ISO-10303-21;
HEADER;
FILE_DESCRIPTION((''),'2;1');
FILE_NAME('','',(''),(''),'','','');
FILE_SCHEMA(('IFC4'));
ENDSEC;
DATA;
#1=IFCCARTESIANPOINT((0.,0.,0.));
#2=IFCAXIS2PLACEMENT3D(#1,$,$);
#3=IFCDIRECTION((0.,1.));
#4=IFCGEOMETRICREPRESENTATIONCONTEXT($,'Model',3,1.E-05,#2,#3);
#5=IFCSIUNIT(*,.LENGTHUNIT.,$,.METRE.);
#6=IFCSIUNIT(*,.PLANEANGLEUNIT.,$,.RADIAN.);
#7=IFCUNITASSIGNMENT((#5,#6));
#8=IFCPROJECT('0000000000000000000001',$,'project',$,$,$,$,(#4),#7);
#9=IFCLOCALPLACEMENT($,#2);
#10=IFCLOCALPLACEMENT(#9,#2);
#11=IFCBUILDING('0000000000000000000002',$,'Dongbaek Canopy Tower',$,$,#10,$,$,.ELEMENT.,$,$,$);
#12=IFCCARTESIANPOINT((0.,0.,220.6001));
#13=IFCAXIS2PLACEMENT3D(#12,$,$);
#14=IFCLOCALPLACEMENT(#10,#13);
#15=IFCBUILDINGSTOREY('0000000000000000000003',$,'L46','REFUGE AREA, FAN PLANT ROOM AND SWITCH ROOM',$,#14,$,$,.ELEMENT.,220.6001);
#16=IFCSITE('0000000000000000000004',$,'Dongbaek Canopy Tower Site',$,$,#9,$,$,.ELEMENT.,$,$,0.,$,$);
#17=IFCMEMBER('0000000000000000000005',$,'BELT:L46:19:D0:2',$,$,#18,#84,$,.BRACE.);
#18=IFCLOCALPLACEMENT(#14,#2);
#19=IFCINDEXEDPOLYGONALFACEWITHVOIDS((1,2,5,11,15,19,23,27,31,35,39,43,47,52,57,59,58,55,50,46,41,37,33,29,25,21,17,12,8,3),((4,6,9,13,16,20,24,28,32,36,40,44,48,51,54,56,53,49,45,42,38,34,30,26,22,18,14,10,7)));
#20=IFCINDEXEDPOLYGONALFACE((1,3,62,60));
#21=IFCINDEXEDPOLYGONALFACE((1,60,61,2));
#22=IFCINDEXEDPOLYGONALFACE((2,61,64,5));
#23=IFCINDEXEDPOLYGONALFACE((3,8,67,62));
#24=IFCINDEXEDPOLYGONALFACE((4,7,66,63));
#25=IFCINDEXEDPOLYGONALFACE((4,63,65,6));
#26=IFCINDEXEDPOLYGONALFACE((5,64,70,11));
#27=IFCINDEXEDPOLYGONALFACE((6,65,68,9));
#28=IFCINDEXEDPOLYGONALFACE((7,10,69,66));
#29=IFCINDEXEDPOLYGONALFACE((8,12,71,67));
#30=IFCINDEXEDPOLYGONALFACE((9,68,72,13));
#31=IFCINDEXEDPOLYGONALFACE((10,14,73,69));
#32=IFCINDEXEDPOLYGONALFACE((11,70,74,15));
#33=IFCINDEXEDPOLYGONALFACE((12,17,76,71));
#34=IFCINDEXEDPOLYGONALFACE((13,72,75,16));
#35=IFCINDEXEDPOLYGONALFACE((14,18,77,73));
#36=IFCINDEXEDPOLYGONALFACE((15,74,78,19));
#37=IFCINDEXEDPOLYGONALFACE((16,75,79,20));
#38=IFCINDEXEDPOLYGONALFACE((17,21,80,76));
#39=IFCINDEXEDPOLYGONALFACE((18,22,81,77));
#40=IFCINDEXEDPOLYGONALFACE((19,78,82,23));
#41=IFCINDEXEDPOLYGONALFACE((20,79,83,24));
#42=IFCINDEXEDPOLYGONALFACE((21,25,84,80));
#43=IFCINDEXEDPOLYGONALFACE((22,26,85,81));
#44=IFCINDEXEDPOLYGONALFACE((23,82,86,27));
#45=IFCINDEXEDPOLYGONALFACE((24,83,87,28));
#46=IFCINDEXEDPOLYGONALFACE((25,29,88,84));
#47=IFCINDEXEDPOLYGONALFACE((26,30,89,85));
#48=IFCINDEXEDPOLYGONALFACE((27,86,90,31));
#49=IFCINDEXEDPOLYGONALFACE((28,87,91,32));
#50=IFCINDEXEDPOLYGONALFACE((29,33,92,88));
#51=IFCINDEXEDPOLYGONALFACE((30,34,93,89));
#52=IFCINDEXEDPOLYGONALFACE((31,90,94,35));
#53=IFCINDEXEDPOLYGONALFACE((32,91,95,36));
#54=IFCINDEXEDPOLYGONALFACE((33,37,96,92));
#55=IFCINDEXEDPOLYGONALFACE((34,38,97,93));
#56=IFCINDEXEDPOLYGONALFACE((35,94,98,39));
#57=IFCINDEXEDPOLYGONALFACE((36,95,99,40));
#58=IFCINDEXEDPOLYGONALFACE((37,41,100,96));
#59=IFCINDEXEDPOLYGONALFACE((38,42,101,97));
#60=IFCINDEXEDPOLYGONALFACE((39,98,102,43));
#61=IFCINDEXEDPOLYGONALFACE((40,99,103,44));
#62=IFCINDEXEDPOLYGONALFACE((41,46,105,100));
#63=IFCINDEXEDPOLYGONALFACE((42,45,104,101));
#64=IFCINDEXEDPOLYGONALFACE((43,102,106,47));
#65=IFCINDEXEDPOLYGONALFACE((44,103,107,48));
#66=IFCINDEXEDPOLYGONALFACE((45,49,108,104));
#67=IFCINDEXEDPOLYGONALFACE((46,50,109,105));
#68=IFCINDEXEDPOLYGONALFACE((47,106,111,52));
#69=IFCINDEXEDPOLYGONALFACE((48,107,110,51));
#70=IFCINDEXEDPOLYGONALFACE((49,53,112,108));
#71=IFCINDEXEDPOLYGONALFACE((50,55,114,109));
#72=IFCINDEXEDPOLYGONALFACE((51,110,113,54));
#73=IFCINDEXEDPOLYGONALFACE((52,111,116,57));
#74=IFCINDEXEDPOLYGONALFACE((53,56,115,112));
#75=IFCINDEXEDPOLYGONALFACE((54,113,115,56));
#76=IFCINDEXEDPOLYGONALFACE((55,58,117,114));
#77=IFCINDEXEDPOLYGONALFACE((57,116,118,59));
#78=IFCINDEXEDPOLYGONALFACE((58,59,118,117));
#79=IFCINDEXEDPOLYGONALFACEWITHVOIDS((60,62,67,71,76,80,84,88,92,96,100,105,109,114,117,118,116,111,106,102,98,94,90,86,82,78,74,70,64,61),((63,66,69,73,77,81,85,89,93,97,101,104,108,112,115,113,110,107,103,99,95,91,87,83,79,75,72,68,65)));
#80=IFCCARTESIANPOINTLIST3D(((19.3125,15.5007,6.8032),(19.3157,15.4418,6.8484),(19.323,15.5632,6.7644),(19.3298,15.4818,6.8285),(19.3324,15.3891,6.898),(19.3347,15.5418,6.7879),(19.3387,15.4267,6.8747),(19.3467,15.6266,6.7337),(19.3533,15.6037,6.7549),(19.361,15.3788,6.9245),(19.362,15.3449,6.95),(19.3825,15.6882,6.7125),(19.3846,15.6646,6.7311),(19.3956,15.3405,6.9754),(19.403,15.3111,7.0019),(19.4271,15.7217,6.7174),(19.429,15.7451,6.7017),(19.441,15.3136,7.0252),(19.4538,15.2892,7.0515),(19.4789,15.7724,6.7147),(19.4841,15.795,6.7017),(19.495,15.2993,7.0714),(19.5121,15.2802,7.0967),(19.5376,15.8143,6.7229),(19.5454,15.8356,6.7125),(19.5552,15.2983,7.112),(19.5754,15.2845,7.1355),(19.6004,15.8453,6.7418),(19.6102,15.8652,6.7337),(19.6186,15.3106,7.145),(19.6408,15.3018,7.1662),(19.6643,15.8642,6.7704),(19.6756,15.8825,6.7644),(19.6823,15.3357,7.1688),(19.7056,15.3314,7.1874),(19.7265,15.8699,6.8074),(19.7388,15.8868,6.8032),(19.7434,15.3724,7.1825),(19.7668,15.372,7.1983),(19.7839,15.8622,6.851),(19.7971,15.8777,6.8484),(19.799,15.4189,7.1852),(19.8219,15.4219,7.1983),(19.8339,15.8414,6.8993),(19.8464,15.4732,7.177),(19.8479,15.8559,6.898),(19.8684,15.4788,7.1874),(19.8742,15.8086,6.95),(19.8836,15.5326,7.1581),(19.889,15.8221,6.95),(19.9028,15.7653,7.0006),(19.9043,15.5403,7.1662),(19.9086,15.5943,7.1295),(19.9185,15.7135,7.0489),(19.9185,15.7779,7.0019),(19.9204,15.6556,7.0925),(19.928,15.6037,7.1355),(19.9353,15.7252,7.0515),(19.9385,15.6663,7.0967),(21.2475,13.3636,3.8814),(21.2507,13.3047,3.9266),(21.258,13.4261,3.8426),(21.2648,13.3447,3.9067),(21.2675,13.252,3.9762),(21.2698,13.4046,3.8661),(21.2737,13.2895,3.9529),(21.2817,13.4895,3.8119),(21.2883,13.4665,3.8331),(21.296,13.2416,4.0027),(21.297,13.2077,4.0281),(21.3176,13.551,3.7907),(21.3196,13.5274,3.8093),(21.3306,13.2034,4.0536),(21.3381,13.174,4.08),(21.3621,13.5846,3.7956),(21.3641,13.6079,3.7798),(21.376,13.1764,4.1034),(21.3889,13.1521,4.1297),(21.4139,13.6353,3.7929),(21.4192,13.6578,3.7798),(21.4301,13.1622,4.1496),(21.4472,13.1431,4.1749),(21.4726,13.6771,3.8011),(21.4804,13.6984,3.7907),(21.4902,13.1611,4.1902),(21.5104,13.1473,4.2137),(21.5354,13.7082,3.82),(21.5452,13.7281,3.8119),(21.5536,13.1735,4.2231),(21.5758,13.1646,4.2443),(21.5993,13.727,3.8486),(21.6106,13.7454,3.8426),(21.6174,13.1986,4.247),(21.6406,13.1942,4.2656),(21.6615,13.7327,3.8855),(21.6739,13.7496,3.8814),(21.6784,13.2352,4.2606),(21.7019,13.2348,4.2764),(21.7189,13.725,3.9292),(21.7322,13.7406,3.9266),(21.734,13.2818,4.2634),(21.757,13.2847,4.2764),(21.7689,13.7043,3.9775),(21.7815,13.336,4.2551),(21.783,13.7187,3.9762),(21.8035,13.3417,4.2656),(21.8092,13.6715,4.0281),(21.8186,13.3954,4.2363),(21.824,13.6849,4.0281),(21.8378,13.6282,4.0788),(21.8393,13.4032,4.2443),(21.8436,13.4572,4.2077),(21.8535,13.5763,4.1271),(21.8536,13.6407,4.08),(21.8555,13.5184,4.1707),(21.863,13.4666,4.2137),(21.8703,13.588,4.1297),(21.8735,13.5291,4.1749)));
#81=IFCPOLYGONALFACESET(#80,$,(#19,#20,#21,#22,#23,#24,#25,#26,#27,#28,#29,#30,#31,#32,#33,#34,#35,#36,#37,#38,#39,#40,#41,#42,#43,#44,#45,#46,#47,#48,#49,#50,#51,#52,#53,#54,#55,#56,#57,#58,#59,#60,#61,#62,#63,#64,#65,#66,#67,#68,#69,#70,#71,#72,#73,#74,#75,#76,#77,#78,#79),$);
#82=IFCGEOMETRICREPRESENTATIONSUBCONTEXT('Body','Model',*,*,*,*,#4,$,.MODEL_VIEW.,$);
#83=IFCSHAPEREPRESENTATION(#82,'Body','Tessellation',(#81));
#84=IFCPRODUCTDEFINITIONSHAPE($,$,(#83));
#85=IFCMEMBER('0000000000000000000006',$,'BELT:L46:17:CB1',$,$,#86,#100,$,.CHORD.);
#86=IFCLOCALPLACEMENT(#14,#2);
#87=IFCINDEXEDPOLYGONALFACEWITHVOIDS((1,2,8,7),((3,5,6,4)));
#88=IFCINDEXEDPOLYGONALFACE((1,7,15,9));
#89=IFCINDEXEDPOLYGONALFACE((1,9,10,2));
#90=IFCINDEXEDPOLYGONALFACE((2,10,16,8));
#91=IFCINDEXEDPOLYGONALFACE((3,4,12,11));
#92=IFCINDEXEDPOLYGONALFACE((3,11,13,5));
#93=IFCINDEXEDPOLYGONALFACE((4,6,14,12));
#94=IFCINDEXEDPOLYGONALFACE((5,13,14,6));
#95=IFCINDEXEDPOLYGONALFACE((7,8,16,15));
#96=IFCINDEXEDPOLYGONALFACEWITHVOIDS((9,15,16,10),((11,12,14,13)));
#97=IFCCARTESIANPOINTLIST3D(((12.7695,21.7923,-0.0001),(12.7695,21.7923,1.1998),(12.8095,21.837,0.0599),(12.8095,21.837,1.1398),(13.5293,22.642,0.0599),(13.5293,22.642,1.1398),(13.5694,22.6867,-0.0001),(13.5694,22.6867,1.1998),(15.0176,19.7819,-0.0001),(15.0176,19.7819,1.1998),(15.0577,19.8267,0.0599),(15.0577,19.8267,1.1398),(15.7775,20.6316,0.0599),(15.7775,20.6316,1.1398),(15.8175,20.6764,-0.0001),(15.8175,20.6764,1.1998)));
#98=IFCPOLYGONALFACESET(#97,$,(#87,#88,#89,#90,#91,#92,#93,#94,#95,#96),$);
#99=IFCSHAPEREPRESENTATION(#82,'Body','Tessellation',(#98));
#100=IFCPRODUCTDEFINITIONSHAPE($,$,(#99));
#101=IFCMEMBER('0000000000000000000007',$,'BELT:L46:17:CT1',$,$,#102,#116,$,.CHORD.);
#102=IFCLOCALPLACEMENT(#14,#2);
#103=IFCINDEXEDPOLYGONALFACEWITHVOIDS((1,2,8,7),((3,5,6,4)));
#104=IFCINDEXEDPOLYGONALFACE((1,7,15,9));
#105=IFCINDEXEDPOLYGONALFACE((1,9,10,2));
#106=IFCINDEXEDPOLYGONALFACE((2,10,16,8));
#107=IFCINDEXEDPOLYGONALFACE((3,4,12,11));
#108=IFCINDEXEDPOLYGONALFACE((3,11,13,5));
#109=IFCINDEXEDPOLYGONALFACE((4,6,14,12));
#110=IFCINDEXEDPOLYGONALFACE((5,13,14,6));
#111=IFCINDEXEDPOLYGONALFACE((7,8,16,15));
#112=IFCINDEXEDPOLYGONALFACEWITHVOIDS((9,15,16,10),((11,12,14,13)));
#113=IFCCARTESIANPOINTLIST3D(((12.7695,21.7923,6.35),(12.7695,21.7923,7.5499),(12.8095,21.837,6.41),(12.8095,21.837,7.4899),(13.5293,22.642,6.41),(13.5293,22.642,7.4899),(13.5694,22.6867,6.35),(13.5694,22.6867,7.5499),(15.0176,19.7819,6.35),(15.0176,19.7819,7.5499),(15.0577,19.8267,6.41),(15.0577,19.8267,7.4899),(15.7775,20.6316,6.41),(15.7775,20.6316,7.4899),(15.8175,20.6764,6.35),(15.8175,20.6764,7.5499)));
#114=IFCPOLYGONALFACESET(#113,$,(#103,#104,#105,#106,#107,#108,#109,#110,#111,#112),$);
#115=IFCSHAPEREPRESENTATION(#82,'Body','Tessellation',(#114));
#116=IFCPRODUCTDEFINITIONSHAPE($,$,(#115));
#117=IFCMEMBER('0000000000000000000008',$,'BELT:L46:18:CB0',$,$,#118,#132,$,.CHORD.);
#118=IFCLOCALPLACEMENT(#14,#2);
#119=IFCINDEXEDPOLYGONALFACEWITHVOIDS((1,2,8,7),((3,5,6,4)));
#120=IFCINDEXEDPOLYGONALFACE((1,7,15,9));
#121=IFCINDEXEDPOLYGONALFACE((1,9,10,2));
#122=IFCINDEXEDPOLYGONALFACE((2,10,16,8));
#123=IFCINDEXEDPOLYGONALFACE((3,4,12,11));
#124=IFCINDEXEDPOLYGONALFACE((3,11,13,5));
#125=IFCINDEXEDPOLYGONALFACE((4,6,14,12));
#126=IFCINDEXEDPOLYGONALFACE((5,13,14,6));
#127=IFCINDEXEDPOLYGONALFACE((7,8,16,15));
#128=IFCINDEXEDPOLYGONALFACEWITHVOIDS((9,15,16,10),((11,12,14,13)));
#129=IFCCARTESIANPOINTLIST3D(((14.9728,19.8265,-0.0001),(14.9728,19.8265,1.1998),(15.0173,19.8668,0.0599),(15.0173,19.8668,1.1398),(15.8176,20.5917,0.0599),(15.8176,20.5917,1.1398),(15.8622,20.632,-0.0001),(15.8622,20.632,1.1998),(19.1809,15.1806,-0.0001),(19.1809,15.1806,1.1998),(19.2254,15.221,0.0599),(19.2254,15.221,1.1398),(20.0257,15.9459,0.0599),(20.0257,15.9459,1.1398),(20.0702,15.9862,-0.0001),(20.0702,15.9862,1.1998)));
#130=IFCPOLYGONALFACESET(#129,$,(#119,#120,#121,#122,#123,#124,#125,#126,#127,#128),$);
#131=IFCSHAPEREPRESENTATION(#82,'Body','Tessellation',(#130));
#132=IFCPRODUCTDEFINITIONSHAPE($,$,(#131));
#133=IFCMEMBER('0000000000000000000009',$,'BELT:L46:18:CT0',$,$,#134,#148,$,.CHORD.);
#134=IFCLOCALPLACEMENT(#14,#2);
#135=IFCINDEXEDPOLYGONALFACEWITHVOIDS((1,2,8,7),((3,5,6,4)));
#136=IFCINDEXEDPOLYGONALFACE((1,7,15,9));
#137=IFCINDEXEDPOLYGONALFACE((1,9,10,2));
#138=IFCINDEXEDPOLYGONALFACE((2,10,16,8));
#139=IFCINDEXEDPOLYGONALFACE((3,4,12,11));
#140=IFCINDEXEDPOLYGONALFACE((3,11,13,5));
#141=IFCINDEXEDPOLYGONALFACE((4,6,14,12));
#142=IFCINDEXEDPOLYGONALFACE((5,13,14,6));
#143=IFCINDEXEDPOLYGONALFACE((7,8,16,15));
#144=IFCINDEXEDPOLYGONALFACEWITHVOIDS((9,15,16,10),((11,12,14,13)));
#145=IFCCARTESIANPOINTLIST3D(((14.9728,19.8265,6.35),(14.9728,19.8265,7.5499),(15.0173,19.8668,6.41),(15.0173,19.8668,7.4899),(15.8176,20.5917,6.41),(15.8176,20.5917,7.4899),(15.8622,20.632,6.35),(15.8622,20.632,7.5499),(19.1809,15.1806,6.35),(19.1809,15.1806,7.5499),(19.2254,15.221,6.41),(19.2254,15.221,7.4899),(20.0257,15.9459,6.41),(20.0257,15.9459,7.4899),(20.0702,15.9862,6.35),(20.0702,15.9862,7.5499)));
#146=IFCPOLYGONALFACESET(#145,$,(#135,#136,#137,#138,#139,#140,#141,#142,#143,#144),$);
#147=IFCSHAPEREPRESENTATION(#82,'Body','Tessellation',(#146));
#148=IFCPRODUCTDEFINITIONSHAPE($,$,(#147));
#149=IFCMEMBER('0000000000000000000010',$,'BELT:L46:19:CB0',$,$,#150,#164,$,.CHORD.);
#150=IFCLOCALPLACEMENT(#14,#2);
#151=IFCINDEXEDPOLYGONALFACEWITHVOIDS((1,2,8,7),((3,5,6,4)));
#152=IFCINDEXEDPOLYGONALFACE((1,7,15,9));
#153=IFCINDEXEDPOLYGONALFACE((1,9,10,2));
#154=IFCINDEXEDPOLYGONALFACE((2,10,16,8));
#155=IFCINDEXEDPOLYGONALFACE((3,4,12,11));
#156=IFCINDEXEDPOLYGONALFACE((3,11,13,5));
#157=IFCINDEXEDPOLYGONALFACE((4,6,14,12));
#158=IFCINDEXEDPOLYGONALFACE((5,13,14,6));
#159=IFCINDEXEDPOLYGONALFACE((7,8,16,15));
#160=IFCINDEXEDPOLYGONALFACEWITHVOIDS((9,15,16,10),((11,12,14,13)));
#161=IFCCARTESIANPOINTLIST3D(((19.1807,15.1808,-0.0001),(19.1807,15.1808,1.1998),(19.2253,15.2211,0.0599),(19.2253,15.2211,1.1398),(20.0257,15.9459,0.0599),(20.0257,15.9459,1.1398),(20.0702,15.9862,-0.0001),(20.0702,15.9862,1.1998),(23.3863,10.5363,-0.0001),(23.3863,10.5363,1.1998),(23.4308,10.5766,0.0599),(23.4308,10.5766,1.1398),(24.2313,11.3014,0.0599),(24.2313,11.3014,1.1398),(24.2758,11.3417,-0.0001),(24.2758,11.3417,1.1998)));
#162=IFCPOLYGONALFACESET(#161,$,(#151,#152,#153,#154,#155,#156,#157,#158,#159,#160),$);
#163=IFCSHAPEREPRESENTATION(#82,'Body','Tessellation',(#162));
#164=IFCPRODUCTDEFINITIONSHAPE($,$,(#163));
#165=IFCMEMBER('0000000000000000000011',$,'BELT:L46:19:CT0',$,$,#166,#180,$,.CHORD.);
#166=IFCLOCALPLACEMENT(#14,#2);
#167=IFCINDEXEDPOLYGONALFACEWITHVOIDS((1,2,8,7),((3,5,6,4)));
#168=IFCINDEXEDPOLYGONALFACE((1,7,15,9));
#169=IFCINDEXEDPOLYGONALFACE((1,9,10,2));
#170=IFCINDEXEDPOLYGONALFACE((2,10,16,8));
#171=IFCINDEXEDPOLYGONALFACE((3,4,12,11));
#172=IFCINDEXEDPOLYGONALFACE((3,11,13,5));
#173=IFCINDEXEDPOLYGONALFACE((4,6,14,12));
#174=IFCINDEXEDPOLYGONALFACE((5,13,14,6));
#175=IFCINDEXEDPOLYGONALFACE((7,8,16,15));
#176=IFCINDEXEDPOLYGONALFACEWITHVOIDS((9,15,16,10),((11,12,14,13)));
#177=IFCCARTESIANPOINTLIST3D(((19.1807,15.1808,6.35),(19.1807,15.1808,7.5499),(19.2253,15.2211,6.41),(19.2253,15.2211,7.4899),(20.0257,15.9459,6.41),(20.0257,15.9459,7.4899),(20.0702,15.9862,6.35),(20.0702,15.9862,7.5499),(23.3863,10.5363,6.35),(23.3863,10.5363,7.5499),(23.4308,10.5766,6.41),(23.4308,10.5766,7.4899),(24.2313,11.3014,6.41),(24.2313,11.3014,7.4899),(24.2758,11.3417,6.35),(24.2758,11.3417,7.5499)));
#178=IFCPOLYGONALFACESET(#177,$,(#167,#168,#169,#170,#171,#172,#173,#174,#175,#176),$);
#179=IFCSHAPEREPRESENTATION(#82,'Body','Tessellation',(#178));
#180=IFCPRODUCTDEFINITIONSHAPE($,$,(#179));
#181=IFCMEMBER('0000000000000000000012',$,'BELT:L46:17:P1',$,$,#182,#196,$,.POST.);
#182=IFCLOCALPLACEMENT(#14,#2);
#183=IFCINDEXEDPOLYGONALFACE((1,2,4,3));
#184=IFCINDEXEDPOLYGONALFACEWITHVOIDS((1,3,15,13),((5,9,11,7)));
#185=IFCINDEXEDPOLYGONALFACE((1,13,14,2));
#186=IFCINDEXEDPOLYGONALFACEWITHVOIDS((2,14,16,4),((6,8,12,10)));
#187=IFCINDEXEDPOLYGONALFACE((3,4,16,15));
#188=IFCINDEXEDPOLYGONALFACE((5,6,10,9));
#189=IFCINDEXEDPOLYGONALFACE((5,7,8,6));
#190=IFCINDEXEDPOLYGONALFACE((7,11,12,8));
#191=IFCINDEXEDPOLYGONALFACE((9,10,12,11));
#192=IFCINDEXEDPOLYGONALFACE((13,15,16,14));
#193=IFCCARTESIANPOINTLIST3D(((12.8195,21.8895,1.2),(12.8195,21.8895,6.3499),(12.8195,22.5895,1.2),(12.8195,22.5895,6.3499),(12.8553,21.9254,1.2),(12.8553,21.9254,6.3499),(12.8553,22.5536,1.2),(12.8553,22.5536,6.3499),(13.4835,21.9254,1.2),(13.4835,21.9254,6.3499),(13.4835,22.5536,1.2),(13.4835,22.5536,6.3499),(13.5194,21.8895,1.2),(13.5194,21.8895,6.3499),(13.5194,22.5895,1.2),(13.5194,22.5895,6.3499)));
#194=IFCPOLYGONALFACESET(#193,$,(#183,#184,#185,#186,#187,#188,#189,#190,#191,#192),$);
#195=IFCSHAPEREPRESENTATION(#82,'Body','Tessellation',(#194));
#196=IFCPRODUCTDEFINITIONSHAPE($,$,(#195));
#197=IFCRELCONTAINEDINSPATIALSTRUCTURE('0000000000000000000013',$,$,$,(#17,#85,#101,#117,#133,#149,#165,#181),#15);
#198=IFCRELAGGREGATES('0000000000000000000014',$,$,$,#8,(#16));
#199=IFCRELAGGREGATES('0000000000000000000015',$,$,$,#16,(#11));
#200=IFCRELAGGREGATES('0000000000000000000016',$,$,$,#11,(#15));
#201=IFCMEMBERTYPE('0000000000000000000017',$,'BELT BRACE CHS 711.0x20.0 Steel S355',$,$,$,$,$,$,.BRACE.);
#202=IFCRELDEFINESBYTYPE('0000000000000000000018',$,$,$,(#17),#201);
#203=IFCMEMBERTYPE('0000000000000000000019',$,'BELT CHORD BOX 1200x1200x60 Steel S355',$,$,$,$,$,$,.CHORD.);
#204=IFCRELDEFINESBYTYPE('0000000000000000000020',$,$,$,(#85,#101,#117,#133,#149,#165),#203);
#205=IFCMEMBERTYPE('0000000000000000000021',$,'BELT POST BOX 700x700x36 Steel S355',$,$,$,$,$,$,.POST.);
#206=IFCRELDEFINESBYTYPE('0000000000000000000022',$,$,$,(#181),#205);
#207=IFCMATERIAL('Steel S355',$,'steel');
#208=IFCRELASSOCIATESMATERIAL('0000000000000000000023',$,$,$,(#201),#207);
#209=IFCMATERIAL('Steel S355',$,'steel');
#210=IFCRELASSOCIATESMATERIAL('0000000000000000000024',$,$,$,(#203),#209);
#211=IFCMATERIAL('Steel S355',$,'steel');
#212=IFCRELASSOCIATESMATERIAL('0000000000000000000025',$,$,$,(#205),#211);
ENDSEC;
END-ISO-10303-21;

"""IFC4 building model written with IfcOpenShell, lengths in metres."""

from ifc_helpers import new_model, si_unit, direction, frame, origin, origin_2d, place, context, subcontext, project, spatial, hollow_rectangle, hollow_circle, extrude, material, material_profile, profile_set, type_object, element, save


model = new_model("IFC4")

# Units and contexts
model_context = context("Model", 3, precision=1e-05, world=origin(), true_north=direction((0.0, 1.0)))
body_context = subcontext(model_context, "Body", "Model", "MODEL_VIEW")
ifc_project = project(units=[si_unit("LENGTHUNIT", "METRE"), si_unit("PLANEANGLEUNIT", "RADIAN")], contexts=[model_context])

# Site, building, storey
site_placement = place(None, origin())
site = spatial("IfcSite", under=ifc_project, at=site_placement, Name="Dongbaek Canopy Tower Site", CompositionType="ELEMENT", RefElevation=0.0)
building_placement = place(site_placement, origin())
building = spatial("IfcBuilding", under=site, at=building_placement, Name="Dongbaek Canopy Tower", CompositionType="ELEMENT")
storey_placement = place(building_placement, frame((0.0, 0.0, 220.6001)))
storey = spatial("IfcBuildingStorey", under=building, at=storey_placement, Name="L46", Description="REFUGE AREA, FAN PLANT ROOM AND SWITCH ROOM", CompositionType="ELEMENT", Elevation=220.6001)

# Members
ifc_material_1 = material(Name="Steel S355", Category="steel")
ifc_material_profile_1 = material_profile(ifc_material_1, hollow_circle(Radius=0.3555, WallThickness=0.02, at=origin_2d()), Name="BELT BRACE CHS 711.0x20.0 Steel S355")
ifc_profile_set_1 = profile_set([ifc_material_profile_1], Name="Steel S355")
member_type_1 = type_object("IfcMemberType", Name="BELT BRACE CHS 711.0x20.0 Steel S355", PredefinedType="BRACE", material=ifc_profile_set_1)
member_1_placement = place(storey_placement, frame((19.6255, 15.5835, 6.95), z_axis=(0.471413, -0.520659, -0.711817), x_axis=(0.741295, 0.671179, 0.0)))
element("IfcMember", 1, at=member_1_placement, inside=storey, type_object=member_type_1, Name="BELT:L46:19:D0:2", PredefinedType="BRACE", context=body_context, shape_type="SweptSolid", body=[
    extrude(hollow_circle(Radius=0.3555, WallThickness=0.02, at=origin_2d()), origin(), (0.0, 0.0, 1.0), 4.1047),
])
ifc_material_2 = material(Name="Steel S355", Category="steel")
ifc_material_profile_2 = material_profile(ifc_material_2, hollow_rectangle(XDim=1.2, YDim=1.2, WallThickness=0.0601, at=origin_2d()), Name="BELT CHORD BOX 1200x1200x60 Steel S355")
ifc_profile_set_2 = profile_set([ifc_material_profile_2], Name="Steel S355")
member_type_2 = type_object("IfcMemberType", Name="BELT CHORD BOX 1200x1200x60 Steel S355", PredefinedType="CHORD", material=ifc_profile_set_2)
for number, where, z_axis, x_axis, name in (
    (2, (13.1694, 22.2395, 0.5999), (0.745432, -0.666582, 0.0), (0.666582, 0.745432, 0.0), "BELT:L46:17:CB1"),
    (3, (13.1694, 22.2395, 6.95), (0.745432, -0.666582, 0.0), (0.666582, 0.745432, 0.0), "BELT:L46:17:CT1"),
):
    element("IfcMember", number, at=place(storey_placement, frame(where, z_axis=z_axis, x_axis=x_axis)), inside=storey, type_object=member_type_2, Name=name, PredefinedType="CHORD", context=body_context, shape_type="SweptSolid", body=[
        extrude(hollow_rectangle(XDim=1.2, YDim=1.2, WallThickness=0.0601, at=origin_2d()), origin(), (0.0, 0.0, 1.0), 3.0159),
    ])
for number, where, z_axis, x_axis, name in (
    (4, (15.4175, 20.2292, 0.5999), (0.671326, -0.741162, 0.0), (0.741162, 0.671326, 0.0), "BELT:L46:18:CB0"),
    (5, (15.4175, 20.2292, 6.95), (0.671326, -0.741162, 0.0), (0.741162, 0.671326, 0.0), "BELT:L46:18:CT0"),
):
    element("IfcMember", number, at=place(storey_placement, frame(where, z_axis=z_axis, x_axis=x_axis)), inside=storey, type_object=member_type_2, Name=name, PredefinedType="CHORD", context=body_context, shape_type="SweptSolid", body=[
        extrude(hollow_rectangle(XDim=1.2, YDim=1.2, WallThickness=0.0601, at=origin_2d()), origin(), (0.0, 0.0, 1.0), 6.2683),
    ])
for number, where, z_axis, x_axis, name in (
    (6, (19.6255, 15.5835, 0.5999), (0.671209, -0.741268, 0.0), (0.741268, 0.671209, 0.0), "BELT:L46:19:CB0"),
    (7, (19.6255, 15.5835, 6.95), (0.671209, -0.741268, 0.0), (0.741268, 0.671209, 0.0), "BELT:L46:19:CT0"),
):
    element("IfcMember", number, at=place(storey_placement, frame(where, z_axis=z_axis, x_axis=x_axis)), inside=storey, type_object=member_type_2, Name=name, PredefinedType="CHORD", context=body_context, shape_type="SweptSolid", body=[
        extrude(hollow_rectangle(XDim=1.2, YDim=1.2, WallThickness=0.0601, at=origin_2d()), origin(), (0.0, 0.0, 1.0), 6.2656),
    ])
ifc_material_3 = material(Name="Steel S355", Category="steel")
ifc_material_profile_3 = material_profile(ifc_material_3, hollow_rectangle(XDim=0.7, YDim=0.7, WallThickness=0.0359, at=origin_2d()), Name="BELT POST BOX 700x700x36 Steel S355")
ifc_profile_set_3 = profile_set([ifc_material_profile_3], Name="Steel S355")
member_type_3 = type_object("IfcMemberType", Name="BELT POST BOX 700x700x36 Steel S355", PredefinedType="POST", material=ifc_profile_set_3)
member_2_placement = place(storey_placement, frame((13.1694, 22.2395, 1.2), z_axis=(0.0, 0.0, 1.0), x_axis=(1.0, 0.0, 0.0)))
element("IfcMember", 8, at=member_2_placement, inside=storey, type_object=member_type_3, Name="BELT:L46:17:P1", PredefinedType="POST", context=body_context, shape_type="SweptSolid", body=[
    extrude(hollow_rectangle(XDim=0.7, YDim=0.7, WallThickness=0.0359, at=origin_2d()), origin(), (0.0, 0.0, 1.0), 5.1499),
])

save(model, "model.ifc")
